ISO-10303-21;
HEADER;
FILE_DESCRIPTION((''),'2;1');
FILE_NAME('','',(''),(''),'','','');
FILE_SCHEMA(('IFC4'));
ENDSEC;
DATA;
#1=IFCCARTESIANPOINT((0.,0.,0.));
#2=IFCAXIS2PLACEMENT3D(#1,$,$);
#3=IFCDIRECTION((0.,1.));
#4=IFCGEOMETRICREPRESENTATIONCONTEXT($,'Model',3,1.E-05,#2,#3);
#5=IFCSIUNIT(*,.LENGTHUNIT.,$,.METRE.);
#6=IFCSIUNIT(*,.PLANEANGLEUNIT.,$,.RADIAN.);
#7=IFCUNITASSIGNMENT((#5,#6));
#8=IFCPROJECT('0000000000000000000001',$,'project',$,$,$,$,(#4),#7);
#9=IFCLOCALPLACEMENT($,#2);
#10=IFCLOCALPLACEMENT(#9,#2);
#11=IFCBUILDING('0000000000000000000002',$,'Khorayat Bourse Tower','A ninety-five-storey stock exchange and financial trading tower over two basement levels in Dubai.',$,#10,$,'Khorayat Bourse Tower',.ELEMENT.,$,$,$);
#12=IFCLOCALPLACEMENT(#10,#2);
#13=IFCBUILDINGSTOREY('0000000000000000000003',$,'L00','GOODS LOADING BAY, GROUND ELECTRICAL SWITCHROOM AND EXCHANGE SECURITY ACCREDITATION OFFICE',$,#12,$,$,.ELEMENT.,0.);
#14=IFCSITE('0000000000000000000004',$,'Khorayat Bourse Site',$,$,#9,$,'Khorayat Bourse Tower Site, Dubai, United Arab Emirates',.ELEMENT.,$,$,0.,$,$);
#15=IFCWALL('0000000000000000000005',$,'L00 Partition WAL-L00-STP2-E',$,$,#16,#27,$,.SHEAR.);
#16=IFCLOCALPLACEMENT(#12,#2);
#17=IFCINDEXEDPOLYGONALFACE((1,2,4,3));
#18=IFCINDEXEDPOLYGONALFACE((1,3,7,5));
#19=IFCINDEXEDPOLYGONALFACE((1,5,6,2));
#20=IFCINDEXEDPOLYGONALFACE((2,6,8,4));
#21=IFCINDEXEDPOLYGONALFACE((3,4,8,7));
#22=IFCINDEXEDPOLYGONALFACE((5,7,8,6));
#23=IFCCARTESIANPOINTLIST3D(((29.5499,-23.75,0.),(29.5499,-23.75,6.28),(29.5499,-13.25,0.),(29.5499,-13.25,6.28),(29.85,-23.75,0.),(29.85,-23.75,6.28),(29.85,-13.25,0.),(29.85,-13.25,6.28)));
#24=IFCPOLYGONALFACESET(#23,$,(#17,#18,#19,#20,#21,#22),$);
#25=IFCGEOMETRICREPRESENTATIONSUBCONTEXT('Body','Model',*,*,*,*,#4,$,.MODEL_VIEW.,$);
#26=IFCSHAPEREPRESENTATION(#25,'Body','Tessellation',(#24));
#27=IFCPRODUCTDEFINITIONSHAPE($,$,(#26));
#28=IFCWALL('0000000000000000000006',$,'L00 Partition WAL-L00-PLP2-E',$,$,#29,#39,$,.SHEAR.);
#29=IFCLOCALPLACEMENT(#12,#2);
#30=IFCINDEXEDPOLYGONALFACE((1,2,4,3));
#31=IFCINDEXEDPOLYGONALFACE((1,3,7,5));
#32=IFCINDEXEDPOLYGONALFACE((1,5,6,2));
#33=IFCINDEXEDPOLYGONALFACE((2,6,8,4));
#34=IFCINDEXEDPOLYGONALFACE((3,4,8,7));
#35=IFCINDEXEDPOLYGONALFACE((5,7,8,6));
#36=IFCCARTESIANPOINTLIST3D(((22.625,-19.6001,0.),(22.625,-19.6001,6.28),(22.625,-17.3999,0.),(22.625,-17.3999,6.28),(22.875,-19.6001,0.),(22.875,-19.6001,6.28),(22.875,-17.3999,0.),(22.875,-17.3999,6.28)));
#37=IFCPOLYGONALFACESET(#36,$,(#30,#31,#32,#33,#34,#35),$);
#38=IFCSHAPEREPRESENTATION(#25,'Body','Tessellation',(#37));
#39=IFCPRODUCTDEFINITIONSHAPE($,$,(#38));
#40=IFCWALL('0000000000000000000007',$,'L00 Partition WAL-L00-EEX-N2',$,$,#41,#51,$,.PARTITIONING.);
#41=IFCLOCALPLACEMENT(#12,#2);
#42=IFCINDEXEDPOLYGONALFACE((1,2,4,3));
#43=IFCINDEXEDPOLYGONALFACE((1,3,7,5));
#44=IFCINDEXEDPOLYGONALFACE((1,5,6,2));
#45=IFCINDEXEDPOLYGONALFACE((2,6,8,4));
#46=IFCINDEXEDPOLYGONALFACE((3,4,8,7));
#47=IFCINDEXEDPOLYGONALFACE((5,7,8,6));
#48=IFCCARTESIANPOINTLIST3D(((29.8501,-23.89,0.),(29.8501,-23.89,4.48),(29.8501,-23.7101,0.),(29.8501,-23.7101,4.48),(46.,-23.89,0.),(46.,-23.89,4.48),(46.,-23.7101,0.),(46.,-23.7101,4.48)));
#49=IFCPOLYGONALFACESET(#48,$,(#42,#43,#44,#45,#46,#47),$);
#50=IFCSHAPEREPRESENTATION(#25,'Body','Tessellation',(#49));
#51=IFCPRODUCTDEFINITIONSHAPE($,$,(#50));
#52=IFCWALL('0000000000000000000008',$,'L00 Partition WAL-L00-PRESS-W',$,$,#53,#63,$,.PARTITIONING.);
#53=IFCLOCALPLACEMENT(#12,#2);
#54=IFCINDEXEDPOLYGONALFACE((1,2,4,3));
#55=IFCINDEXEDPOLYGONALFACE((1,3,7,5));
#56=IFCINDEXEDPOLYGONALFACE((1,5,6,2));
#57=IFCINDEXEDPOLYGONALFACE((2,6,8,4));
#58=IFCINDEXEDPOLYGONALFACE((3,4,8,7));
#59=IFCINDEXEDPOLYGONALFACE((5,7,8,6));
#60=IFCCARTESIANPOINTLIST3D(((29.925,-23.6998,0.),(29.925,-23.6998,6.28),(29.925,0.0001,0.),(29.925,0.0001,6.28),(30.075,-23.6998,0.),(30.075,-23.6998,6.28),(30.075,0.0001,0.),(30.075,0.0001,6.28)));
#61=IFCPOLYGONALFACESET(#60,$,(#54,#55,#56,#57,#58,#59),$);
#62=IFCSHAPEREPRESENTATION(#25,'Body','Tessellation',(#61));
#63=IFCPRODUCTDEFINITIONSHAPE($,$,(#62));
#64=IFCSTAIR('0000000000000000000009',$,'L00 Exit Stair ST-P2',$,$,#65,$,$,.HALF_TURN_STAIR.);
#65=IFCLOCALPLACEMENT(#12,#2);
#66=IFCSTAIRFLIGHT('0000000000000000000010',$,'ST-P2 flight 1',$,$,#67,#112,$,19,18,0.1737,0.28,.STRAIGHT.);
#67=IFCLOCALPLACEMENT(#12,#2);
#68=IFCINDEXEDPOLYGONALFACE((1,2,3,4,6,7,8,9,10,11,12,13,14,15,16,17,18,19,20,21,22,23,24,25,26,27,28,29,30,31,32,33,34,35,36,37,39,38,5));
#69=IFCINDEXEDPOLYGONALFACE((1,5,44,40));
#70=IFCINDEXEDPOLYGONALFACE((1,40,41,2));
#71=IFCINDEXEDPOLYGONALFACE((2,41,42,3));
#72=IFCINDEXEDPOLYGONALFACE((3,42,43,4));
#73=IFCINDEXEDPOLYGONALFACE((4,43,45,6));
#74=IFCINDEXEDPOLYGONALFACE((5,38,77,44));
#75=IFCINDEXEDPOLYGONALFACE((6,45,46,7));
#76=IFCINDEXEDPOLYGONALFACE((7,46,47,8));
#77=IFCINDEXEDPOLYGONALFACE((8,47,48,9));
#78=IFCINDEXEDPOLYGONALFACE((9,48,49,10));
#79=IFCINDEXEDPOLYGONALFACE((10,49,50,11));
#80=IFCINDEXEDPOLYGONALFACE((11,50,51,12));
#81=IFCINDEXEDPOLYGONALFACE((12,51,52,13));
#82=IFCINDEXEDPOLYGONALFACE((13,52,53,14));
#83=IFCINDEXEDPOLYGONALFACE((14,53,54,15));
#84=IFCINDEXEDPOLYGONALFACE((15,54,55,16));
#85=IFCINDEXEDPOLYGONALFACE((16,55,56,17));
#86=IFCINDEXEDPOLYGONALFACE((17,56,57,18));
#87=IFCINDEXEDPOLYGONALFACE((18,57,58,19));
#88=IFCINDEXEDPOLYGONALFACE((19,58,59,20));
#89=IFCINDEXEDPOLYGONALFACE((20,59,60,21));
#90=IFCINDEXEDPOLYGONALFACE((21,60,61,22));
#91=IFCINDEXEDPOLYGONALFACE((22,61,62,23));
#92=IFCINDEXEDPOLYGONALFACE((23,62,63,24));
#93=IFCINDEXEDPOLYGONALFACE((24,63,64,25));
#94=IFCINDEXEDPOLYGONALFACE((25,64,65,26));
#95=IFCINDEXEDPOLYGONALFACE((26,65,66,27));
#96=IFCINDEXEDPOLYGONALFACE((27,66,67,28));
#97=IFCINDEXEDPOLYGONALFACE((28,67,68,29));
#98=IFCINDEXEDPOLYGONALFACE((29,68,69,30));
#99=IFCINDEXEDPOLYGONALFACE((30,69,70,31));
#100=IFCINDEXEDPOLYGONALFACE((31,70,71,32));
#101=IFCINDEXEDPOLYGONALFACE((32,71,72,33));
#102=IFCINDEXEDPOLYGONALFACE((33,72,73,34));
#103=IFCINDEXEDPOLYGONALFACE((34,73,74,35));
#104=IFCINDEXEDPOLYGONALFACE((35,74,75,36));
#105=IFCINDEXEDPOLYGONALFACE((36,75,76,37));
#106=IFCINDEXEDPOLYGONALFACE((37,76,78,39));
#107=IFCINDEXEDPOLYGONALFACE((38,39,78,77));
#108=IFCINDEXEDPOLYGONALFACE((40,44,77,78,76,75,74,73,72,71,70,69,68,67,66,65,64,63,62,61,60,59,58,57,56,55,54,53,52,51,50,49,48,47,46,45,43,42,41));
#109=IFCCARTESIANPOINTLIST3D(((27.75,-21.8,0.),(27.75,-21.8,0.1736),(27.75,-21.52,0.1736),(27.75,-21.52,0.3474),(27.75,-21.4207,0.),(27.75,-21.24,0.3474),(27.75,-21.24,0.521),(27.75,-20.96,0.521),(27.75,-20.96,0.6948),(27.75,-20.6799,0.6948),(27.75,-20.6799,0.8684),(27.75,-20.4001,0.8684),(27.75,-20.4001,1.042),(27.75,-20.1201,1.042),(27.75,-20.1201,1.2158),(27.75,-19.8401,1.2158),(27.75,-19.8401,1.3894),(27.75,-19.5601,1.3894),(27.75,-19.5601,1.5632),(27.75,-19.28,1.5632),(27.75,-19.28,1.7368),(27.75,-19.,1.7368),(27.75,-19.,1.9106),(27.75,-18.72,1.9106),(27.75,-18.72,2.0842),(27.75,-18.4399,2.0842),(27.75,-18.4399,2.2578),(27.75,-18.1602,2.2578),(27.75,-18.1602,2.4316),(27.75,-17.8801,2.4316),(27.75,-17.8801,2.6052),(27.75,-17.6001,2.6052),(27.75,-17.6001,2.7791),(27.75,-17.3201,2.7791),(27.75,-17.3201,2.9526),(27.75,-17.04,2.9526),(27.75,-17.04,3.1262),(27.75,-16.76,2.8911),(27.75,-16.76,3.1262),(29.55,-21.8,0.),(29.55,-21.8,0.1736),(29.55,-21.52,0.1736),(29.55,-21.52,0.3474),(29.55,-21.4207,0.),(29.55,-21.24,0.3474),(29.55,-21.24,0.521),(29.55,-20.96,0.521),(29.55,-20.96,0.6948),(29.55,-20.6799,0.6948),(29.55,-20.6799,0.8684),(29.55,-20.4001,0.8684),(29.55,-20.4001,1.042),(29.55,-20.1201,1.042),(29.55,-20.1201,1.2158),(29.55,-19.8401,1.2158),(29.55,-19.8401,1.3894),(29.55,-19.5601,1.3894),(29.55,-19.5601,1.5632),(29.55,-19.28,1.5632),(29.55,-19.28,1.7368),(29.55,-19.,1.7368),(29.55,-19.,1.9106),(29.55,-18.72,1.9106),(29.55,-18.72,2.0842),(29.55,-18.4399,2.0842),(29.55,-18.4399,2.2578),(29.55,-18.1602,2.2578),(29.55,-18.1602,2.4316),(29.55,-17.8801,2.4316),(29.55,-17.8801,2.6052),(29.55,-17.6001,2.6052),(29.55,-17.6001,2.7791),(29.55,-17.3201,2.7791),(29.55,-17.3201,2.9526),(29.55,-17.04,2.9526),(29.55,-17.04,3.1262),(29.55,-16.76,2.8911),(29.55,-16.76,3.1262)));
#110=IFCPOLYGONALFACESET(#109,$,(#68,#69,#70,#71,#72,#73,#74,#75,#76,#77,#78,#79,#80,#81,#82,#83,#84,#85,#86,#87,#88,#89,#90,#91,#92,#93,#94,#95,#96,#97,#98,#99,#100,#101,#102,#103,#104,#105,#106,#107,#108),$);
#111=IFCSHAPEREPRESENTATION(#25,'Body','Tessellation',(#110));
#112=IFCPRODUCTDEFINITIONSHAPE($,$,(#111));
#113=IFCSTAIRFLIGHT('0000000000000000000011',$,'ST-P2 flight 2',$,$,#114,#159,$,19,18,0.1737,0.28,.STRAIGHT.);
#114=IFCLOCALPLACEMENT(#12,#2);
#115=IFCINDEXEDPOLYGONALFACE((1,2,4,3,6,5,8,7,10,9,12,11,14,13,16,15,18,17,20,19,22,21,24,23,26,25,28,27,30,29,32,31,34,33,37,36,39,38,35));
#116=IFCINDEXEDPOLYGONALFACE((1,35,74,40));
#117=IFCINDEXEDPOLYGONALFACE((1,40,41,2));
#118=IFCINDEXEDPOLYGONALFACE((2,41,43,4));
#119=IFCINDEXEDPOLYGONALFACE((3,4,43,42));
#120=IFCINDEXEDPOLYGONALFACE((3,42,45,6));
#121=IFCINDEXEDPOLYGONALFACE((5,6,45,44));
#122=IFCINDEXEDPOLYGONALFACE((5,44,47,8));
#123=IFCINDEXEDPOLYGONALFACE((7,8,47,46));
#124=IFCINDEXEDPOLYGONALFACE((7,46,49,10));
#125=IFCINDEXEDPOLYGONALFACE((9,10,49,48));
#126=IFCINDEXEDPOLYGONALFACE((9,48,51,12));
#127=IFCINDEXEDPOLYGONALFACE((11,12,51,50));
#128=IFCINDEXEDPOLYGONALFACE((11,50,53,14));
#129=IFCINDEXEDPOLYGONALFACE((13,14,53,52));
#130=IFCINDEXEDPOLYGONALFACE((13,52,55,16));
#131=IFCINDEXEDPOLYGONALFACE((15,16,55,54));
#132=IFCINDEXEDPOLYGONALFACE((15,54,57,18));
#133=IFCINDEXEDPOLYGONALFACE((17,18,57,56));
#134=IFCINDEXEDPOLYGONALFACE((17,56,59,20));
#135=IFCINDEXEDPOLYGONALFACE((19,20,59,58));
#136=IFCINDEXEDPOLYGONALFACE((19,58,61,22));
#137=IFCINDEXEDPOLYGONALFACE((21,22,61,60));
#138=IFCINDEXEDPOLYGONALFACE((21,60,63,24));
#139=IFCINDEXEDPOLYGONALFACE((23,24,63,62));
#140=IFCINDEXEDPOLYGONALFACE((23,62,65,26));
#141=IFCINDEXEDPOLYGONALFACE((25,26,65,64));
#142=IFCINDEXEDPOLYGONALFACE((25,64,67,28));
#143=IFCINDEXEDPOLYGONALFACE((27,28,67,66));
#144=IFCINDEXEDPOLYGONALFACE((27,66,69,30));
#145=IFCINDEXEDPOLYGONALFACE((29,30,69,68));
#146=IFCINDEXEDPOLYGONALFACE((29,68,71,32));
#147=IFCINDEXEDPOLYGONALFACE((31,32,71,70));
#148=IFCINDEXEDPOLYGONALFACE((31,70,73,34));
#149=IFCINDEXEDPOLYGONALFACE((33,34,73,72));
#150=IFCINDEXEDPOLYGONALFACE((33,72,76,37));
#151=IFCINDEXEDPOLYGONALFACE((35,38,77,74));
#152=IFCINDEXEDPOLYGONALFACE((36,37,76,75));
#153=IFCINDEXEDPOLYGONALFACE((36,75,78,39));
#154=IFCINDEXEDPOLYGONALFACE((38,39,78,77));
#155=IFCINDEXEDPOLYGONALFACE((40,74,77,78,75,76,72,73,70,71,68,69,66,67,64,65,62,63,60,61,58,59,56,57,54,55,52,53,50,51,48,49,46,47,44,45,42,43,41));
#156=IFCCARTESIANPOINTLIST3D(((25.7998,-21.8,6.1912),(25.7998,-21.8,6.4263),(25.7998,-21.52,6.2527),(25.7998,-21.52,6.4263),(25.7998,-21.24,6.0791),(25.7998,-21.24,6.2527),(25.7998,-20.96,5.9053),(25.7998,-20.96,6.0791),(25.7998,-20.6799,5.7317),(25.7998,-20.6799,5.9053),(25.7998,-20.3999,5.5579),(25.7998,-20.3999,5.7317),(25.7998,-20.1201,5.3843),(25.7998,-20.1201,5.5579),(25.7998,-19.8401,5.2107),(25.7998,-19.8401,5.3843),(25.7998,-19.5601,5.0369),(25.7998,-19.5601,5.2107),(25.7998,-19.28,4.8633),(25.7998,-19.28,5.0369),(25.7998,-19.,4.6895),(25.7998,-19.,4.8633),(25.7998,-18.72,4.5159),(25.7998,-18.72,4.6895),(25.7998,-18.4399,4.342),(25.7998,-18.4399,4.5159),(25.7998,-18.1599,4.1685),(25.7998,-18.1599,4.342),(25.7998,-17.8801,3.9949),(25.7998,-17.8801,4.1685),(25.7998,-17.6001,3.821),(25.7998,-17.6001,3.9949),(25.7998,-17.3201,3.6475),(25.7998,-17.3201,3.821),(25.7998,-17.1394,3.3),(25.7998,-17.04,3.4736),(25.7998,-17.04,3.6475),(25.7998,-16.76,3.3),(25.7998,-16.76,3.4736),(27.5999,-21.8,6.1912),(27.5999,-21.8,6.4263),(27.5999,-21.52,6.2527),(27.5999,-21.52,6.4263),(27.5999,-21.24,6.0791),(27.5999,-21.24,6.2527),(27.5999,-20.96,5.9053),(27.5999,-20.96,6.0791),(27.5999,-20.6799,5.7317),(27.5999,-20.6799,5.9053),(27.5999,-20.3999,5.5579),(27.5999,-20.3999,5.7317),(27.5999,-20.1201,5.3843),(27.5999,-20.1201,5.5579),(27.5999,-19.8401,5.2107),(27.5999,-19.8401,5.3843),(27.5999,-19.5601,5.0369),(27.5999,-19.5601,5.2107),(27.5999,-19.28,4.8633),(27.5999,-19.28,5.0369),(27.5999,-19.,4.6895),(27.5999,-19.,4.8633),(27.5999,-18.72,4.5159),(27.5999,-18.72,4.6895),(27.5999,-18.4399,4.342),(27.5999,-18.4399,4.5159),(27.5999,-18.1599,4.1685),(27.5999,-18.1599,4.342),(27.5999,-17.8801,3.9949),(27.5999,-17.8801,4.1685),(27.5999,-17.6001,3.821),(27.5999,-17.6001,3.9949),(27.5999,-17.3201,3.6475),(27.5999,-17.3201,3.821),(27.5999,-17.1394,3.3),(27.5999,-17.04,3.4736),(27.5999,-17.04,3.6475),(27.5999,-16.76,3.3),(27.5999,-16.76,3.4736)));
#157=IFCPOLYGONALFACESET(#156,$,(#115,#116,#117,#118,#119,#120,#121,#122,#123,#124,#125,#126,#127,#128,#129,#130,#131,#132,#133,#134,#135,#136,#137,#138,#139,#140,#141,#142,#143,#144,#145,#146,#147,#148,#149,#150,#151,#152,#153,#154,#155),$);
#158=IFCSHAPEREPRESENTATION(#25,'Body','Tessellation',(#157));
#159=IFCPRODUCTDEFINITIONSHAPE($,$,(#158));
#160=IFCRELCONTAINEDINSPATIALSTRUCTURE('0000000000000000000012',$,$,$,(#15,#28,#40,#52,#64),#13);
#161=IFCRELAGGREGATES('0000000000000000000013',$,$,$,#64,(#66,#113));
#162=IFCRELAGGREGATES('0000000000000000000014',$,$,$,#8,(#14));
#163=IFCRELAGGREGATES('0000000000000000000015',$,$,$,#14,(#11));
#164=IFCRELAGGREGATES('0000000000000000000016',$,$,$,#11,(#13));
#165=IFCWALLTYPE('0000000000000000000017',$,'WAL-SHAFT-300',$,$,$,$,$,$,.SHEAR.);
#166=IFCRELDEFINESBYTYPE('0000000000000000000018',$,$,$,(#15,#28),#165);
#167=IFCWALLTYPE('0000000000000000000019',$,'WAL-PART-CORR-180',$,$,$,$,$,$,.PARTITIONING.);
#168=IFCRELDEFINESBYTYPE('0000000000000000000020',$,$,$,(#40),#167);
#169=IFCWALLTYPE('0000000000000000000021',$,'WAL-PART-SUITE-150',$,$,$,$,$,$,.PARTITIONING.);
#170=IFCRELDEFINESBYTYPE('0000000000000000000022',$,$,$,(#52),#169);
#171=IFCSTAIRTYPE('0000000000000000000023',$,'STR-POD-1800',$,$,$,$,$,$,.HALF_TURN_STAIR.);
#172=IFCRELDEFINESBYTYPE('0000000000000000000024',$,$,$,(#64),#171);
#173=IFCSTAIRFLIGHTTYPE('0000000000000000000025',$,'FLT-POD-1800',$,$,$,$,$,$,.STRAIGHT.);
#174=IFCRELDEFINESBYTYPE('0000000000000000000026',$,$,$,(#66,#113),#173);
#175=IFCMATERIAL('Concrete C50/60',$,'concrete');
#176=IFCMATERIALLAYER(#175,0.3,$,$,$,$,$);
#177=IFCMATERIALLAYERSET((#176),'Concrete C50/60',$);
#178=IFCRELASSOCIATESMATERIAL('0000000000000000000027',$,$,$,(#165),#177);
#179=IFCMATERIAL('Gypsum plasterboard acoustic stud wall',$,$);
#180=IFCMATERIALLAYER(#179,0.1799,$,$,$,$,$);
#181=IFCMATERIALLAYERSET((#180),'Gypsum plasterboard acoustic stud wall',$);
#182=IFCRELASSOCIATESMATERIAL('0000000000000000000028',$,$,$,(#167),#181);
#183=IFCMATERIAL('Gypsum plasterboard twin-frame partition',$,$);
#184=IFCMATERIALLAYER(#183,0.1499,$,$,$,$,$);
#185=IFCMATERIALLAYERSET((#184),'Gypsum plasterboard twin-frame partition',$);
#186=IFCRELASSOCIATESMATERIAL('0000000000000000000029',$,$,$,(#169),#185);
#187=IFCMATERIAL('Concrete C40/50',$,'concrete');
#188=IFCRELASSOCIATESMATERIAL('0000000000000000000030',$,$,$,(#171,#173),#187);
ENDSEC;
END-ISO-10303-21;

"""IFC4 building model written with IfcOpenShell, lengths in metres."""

from ifc_helpers import new_model, si_unit, direction, frame, frame_2d, origin, place, context, subcontext, project, spatial, polyline, rectangle, outline, extrude, source, transform, mapped, material, layer, layer_set, type_object, element, aggregate, save


model = new_model("IFC4")

# Units and contexts
model_context = context("Model", 3, precision=1e-05, world=origin(), true_north=direction((0.0, 1.0)))
body_context = subcontext(model_context, "Body", "Model", "MODEL_VIEW")
ifc_project = project(units=[si_unit("LENGTHUNIT", "METRE"), si_unit("PLANEANGLEUNIT", "RADIAN")], contexts=[model_context])

# Site, building, storey
site_placement = place(None, origin())
site = spatial("IfcSite", under=ifc_project, at=site_placement, Name="Khorayat Bourse Site", LongName="Khorayat Bourse Tower Site, Dubai, United Arab Emirates", CompositionType="ELEMENT", RefElevation=0.0)
building_placement = place(site_placement, origin())
building = spatial("IfcBuilding", under=site, at=building_placement, Name="Khorayat Bourse Tower", Description="A ninety-five-storey stock exchange and financial trading tower over two basement levels in Dubai.", LongName="Khorayat Bourse Tower", CompositionType="ELEMENT")
storey_placement = place(building_placement, origin())
storey = spatial("IfcBuildingStorey", under=building, at=storey_placement, Name="L00", Description="GOODS LOADING BAY, GROUND ELECTRICAL SWITCHROOM AND EXCHANGE SECURITY ACCREDITATION OFFICE", CompositionType="ELEMENT", Elevation=0.0)

# Shared definitions
ifc_material_1 = material(Name="Concrete C50/60", Category="concrete")
ifc_layer_1 = layer(ifc_material_1, 0.3)
ifc_layer_set_1 = layer_set([ifc_layer_1], Name="Concrete C50/60")
wall_type_1 = type_object("IfcWallType", Name="WAL-SHAFT-300", PredefinedType="SHEAR", material=ifc_layer_set_1)

# Walls
shared_shape_1 = source(origin(), body_context, "Body", "SweptSolid", [
    extrude(rectangle(XDim=10.5, YDim=0.3, at=frame_2d((5.25, 0.0))), origin(), (0.0, 0.0, 1.0), 6.28),
])
for number, where, z_axis, x_axis, name in (
    (1, (29.7, -23.75, 0.0), (0.0, 0.0, 1.0), (0.0, 1.0, 0.0), "L00 Partition WAL-L00-STP2-E"),
):
    element("IfcWall", number, at=place(storey_placement, frame(where, z_axis=z_axis, x_axis=x_axis)), inside=storey, type_object=wall_type_1, Name=name, PredefinedType="SHEAR", context=body_context, shape_type="MappedRepresentation", body=[
        mapped(shared_shape_1, transform((0.0, 0.0, 0.0), scale=1.0)),
    ])
shared_shape_2 = source(origin(), body_context, "Body", "SweptSolid", [
    extrude(rectangle(XDim=2.2002, YDim=0.25, at=frame_2d((1.1001, 0.0))), origin(), (0.0, 0.0, 1.0), 6.28),
])
wall_1_placement = place(storey_placement, frame((22.75, -19.6001, 0.0), z_axis=(0.0, 0.0, 1.0), x_axis=(0.0, 1.0, 0.0)))
element("IfcWall", 2, at=wall_1_placement, inside=storey, type_object=wall_type_1, Name="L00 Partition WAL-L00-PLP2-E", PredefinedType="SHEAR", context=body_context, shape_type="MappedRepresentation", body=[
    mapped(shared_shape_2, transform((0.0, 0.0, 0.0), scale=1.0)),
])
ifc_material_2 = material(Name="Gypsum plasterboard acoustic stud wall")
ifc_layer_2 = layer(ifc_material_2, 0.1799)
ifc_layer_set_2 = layer_set([ifc_layer_2], Name="Gypsum plasterboard acoustic stud wall")
wall_type_2 = type_object("IfcWallType", Name="WAL-PART-CORR-180", PredefinedType="PARTITIONING", material=ifc_layer_set_2)
shared_shape_3 = source(origin(), body_context, "Body", "SweptSolid", [
    extrude(rectangle(XDim=16.1499, YDim=0.1799, at=frame_2d((8.075, 0.0))), origin(), (0.0, 0.0, 1.0), 4.48),
])
wall_2_placement = place(storey_placement, frame((29.8501, -23.8, 0.0), z_axis=(0.0, 0.0, 1.0), x_axis=(1.0, 0.0, 0.0)))
element("IfcWall", 3, at=wall_2_placement, inside=storey, type_object=wall_type_2, Name="L00 Partition WAL-L00-EEX-N2", PredefinedType="PARTITIONING", context=body_context, shape_type="MappedRepresentation", body=[
    mapped(shared_shape_3, transform((0.0, 0.0, 0.0), scale=1.0)),
])
ifc_material_3 = material(Name="Gypsum plasterboard twin-frame partition")
ifc_layer_3 = layer(ifc_material_3, 0.1499)
ifc_layer_set_3 = layer_set([ifc_layer_3], Name="Gypsum plasterboard twin-frame partition")
wall_type_3 = type_object("IfcWallType", Name="WAL-PART-SUITE-150", PredefinedType="PARTITIONING", material=ifc_layer_set_3)
shared_shape_4 = source(origin(), body_context, "Body", "SweptSolid", [
    extrude(rectangle(XDim=23.7, YDim=0.1499, at=frame_2d((11.8501, 0.0))), origin(), (0.0, 0.0, 1.0), 6.28),
])
wall_3_placement = place(storey_placement, frame((30.0, -23.7, 0.0), z_axis=(0.0, 0.0, 1.0), x_axis=(0.0, 1.0, 0.0)))
element("IfcWall", 4, at=wall_3_placement, inside=storey, type_object=wall_type_3, Name="L00 Partition WAL-L00-PRESS-W", PredefinedType="PARTITIONING", context=body_context, shape_type="MappedRepresentation", body=[
    mapped(shared_shape_4, transform((0.0, 0.0, 0.0), scale=1.0)),
])

# Stair, stair flights
ifc_material_4 = material(Name="Concrete C40/50", Category="concrete")
stair_type = type_object("IfcStairType", Name="STR-POD-1800", PredefinedType="HALF_TURN_STAIR", material=ifc_material_4)
stair_placement = place(storey_placement, origin())
stair = element("IfcStair", 5, at=stair_placement, inside=storey, type_object=stair_type, Name="L00 Exit Stair ST-P2", PredefinedType="HALF_TURN_STAIR")
stair_flight_type = type_object("IfcStairFlightType", Name="FLT-POD-1800", PredefinedType="STRAIGHT", material=ifc_material_4)
shared_shape_5 = source(origin(), body_context, "Body", "SweptSolid", [
    extrude(outline(polyline([(0.0, 0.0), (0.0, 0.1736), (0.28, 0.1736), (0.28, 0.3474), (0.5601, 0.3474), (0.5601, 0.521), (0.8401, 0.521), (0.8401, 0.6948), (1.1201, 0.6948), (1.1201, 0.8684), (1.3999, 0.8684), (1.3999, 1.042), (1.6799, 1.042), (1.6799, 1.2158), (1.96, 1.2158), (1.96, 1.3894), (2.24, 1.3894), (2.24, 1.5632), (2.52, 1.5632), (2.52, 1.7368), (2.8, 1.7368), (2.8, 1.9106), (3.0801, 1.9106), (3.0801, 2.0842), (3.3601, 2.0842), (3.3601, 2.2578), (3.6399, 2.2578), (3.6399, 2.4316), (3.9199, 2.4316), (3.9199, 2.6052), (4.2, 2.6052), (4.2, 2.7791), (4.48, 2.7791), (4.48, 2.9526), (4.76, 2.9526), (4.76, 3.1262), (5.04, 3.1262), (5.04, 3.3), (5.04, 2.8911), (0.3794, 0.0), (0.0, 0.0)])), frame((0.0, 0.8999, 0.0), z_axis=(0.0, -1.0, 0.0), x_axis=(1.0, 0.0, 0.0)), (0.0, 0.0, 1.0), 1.8),
])
stair_flight_1_placement = place(storey_placement, frame((28.6499, -21.8, 0.0), z_axis=(0.0, 0.0, 1.0), x_axis=(0.0, 1.0, 0.0)))
stair_flight_1 = element("IfcStairFlight", 6, at=stair_flight_1_placement, type_object=stair_flight_type, Name="ST-P2 flight 1", NumberOfRisers=19, NumberOfTreads=18, PredefinedType="STRAIGHT", RiserHeight=0.1737, TreadLength=0.28, context=body_context, shape_type="MappedRepresentation", body=[
    mapped(shared_shape_5, transform((0.0, 0.0, 0.0), scale=1.0)),
])
stair_flight_2_placement = place(storey_placement, frame((26.7, -16.76, 3.3), z_axis=(0.0, 0.0, 1.0), x_axis=(0.0, -1.0, 0.0)))
stair_flight_2 = element("IfcStairFlight", 7, at=stair_flight_2_placement, type_object=stair_flight_type, Name="ST-P2 flight 2", NumberOfRisers=19, NumberOfTreads=18, PredefinedType="STRAIGHT", RiserHeight=0.1737, TreadLength=0.28, context=body_context, shape_type="MappedRepresentation", body=[
    mapped(shared_shape_5, transform((0.0, 0.0, 0.0), scale=1.0)),
])
aggregate(stair, [stair_flight_1, stair_flight_2])

save(model, "model.ifc")
